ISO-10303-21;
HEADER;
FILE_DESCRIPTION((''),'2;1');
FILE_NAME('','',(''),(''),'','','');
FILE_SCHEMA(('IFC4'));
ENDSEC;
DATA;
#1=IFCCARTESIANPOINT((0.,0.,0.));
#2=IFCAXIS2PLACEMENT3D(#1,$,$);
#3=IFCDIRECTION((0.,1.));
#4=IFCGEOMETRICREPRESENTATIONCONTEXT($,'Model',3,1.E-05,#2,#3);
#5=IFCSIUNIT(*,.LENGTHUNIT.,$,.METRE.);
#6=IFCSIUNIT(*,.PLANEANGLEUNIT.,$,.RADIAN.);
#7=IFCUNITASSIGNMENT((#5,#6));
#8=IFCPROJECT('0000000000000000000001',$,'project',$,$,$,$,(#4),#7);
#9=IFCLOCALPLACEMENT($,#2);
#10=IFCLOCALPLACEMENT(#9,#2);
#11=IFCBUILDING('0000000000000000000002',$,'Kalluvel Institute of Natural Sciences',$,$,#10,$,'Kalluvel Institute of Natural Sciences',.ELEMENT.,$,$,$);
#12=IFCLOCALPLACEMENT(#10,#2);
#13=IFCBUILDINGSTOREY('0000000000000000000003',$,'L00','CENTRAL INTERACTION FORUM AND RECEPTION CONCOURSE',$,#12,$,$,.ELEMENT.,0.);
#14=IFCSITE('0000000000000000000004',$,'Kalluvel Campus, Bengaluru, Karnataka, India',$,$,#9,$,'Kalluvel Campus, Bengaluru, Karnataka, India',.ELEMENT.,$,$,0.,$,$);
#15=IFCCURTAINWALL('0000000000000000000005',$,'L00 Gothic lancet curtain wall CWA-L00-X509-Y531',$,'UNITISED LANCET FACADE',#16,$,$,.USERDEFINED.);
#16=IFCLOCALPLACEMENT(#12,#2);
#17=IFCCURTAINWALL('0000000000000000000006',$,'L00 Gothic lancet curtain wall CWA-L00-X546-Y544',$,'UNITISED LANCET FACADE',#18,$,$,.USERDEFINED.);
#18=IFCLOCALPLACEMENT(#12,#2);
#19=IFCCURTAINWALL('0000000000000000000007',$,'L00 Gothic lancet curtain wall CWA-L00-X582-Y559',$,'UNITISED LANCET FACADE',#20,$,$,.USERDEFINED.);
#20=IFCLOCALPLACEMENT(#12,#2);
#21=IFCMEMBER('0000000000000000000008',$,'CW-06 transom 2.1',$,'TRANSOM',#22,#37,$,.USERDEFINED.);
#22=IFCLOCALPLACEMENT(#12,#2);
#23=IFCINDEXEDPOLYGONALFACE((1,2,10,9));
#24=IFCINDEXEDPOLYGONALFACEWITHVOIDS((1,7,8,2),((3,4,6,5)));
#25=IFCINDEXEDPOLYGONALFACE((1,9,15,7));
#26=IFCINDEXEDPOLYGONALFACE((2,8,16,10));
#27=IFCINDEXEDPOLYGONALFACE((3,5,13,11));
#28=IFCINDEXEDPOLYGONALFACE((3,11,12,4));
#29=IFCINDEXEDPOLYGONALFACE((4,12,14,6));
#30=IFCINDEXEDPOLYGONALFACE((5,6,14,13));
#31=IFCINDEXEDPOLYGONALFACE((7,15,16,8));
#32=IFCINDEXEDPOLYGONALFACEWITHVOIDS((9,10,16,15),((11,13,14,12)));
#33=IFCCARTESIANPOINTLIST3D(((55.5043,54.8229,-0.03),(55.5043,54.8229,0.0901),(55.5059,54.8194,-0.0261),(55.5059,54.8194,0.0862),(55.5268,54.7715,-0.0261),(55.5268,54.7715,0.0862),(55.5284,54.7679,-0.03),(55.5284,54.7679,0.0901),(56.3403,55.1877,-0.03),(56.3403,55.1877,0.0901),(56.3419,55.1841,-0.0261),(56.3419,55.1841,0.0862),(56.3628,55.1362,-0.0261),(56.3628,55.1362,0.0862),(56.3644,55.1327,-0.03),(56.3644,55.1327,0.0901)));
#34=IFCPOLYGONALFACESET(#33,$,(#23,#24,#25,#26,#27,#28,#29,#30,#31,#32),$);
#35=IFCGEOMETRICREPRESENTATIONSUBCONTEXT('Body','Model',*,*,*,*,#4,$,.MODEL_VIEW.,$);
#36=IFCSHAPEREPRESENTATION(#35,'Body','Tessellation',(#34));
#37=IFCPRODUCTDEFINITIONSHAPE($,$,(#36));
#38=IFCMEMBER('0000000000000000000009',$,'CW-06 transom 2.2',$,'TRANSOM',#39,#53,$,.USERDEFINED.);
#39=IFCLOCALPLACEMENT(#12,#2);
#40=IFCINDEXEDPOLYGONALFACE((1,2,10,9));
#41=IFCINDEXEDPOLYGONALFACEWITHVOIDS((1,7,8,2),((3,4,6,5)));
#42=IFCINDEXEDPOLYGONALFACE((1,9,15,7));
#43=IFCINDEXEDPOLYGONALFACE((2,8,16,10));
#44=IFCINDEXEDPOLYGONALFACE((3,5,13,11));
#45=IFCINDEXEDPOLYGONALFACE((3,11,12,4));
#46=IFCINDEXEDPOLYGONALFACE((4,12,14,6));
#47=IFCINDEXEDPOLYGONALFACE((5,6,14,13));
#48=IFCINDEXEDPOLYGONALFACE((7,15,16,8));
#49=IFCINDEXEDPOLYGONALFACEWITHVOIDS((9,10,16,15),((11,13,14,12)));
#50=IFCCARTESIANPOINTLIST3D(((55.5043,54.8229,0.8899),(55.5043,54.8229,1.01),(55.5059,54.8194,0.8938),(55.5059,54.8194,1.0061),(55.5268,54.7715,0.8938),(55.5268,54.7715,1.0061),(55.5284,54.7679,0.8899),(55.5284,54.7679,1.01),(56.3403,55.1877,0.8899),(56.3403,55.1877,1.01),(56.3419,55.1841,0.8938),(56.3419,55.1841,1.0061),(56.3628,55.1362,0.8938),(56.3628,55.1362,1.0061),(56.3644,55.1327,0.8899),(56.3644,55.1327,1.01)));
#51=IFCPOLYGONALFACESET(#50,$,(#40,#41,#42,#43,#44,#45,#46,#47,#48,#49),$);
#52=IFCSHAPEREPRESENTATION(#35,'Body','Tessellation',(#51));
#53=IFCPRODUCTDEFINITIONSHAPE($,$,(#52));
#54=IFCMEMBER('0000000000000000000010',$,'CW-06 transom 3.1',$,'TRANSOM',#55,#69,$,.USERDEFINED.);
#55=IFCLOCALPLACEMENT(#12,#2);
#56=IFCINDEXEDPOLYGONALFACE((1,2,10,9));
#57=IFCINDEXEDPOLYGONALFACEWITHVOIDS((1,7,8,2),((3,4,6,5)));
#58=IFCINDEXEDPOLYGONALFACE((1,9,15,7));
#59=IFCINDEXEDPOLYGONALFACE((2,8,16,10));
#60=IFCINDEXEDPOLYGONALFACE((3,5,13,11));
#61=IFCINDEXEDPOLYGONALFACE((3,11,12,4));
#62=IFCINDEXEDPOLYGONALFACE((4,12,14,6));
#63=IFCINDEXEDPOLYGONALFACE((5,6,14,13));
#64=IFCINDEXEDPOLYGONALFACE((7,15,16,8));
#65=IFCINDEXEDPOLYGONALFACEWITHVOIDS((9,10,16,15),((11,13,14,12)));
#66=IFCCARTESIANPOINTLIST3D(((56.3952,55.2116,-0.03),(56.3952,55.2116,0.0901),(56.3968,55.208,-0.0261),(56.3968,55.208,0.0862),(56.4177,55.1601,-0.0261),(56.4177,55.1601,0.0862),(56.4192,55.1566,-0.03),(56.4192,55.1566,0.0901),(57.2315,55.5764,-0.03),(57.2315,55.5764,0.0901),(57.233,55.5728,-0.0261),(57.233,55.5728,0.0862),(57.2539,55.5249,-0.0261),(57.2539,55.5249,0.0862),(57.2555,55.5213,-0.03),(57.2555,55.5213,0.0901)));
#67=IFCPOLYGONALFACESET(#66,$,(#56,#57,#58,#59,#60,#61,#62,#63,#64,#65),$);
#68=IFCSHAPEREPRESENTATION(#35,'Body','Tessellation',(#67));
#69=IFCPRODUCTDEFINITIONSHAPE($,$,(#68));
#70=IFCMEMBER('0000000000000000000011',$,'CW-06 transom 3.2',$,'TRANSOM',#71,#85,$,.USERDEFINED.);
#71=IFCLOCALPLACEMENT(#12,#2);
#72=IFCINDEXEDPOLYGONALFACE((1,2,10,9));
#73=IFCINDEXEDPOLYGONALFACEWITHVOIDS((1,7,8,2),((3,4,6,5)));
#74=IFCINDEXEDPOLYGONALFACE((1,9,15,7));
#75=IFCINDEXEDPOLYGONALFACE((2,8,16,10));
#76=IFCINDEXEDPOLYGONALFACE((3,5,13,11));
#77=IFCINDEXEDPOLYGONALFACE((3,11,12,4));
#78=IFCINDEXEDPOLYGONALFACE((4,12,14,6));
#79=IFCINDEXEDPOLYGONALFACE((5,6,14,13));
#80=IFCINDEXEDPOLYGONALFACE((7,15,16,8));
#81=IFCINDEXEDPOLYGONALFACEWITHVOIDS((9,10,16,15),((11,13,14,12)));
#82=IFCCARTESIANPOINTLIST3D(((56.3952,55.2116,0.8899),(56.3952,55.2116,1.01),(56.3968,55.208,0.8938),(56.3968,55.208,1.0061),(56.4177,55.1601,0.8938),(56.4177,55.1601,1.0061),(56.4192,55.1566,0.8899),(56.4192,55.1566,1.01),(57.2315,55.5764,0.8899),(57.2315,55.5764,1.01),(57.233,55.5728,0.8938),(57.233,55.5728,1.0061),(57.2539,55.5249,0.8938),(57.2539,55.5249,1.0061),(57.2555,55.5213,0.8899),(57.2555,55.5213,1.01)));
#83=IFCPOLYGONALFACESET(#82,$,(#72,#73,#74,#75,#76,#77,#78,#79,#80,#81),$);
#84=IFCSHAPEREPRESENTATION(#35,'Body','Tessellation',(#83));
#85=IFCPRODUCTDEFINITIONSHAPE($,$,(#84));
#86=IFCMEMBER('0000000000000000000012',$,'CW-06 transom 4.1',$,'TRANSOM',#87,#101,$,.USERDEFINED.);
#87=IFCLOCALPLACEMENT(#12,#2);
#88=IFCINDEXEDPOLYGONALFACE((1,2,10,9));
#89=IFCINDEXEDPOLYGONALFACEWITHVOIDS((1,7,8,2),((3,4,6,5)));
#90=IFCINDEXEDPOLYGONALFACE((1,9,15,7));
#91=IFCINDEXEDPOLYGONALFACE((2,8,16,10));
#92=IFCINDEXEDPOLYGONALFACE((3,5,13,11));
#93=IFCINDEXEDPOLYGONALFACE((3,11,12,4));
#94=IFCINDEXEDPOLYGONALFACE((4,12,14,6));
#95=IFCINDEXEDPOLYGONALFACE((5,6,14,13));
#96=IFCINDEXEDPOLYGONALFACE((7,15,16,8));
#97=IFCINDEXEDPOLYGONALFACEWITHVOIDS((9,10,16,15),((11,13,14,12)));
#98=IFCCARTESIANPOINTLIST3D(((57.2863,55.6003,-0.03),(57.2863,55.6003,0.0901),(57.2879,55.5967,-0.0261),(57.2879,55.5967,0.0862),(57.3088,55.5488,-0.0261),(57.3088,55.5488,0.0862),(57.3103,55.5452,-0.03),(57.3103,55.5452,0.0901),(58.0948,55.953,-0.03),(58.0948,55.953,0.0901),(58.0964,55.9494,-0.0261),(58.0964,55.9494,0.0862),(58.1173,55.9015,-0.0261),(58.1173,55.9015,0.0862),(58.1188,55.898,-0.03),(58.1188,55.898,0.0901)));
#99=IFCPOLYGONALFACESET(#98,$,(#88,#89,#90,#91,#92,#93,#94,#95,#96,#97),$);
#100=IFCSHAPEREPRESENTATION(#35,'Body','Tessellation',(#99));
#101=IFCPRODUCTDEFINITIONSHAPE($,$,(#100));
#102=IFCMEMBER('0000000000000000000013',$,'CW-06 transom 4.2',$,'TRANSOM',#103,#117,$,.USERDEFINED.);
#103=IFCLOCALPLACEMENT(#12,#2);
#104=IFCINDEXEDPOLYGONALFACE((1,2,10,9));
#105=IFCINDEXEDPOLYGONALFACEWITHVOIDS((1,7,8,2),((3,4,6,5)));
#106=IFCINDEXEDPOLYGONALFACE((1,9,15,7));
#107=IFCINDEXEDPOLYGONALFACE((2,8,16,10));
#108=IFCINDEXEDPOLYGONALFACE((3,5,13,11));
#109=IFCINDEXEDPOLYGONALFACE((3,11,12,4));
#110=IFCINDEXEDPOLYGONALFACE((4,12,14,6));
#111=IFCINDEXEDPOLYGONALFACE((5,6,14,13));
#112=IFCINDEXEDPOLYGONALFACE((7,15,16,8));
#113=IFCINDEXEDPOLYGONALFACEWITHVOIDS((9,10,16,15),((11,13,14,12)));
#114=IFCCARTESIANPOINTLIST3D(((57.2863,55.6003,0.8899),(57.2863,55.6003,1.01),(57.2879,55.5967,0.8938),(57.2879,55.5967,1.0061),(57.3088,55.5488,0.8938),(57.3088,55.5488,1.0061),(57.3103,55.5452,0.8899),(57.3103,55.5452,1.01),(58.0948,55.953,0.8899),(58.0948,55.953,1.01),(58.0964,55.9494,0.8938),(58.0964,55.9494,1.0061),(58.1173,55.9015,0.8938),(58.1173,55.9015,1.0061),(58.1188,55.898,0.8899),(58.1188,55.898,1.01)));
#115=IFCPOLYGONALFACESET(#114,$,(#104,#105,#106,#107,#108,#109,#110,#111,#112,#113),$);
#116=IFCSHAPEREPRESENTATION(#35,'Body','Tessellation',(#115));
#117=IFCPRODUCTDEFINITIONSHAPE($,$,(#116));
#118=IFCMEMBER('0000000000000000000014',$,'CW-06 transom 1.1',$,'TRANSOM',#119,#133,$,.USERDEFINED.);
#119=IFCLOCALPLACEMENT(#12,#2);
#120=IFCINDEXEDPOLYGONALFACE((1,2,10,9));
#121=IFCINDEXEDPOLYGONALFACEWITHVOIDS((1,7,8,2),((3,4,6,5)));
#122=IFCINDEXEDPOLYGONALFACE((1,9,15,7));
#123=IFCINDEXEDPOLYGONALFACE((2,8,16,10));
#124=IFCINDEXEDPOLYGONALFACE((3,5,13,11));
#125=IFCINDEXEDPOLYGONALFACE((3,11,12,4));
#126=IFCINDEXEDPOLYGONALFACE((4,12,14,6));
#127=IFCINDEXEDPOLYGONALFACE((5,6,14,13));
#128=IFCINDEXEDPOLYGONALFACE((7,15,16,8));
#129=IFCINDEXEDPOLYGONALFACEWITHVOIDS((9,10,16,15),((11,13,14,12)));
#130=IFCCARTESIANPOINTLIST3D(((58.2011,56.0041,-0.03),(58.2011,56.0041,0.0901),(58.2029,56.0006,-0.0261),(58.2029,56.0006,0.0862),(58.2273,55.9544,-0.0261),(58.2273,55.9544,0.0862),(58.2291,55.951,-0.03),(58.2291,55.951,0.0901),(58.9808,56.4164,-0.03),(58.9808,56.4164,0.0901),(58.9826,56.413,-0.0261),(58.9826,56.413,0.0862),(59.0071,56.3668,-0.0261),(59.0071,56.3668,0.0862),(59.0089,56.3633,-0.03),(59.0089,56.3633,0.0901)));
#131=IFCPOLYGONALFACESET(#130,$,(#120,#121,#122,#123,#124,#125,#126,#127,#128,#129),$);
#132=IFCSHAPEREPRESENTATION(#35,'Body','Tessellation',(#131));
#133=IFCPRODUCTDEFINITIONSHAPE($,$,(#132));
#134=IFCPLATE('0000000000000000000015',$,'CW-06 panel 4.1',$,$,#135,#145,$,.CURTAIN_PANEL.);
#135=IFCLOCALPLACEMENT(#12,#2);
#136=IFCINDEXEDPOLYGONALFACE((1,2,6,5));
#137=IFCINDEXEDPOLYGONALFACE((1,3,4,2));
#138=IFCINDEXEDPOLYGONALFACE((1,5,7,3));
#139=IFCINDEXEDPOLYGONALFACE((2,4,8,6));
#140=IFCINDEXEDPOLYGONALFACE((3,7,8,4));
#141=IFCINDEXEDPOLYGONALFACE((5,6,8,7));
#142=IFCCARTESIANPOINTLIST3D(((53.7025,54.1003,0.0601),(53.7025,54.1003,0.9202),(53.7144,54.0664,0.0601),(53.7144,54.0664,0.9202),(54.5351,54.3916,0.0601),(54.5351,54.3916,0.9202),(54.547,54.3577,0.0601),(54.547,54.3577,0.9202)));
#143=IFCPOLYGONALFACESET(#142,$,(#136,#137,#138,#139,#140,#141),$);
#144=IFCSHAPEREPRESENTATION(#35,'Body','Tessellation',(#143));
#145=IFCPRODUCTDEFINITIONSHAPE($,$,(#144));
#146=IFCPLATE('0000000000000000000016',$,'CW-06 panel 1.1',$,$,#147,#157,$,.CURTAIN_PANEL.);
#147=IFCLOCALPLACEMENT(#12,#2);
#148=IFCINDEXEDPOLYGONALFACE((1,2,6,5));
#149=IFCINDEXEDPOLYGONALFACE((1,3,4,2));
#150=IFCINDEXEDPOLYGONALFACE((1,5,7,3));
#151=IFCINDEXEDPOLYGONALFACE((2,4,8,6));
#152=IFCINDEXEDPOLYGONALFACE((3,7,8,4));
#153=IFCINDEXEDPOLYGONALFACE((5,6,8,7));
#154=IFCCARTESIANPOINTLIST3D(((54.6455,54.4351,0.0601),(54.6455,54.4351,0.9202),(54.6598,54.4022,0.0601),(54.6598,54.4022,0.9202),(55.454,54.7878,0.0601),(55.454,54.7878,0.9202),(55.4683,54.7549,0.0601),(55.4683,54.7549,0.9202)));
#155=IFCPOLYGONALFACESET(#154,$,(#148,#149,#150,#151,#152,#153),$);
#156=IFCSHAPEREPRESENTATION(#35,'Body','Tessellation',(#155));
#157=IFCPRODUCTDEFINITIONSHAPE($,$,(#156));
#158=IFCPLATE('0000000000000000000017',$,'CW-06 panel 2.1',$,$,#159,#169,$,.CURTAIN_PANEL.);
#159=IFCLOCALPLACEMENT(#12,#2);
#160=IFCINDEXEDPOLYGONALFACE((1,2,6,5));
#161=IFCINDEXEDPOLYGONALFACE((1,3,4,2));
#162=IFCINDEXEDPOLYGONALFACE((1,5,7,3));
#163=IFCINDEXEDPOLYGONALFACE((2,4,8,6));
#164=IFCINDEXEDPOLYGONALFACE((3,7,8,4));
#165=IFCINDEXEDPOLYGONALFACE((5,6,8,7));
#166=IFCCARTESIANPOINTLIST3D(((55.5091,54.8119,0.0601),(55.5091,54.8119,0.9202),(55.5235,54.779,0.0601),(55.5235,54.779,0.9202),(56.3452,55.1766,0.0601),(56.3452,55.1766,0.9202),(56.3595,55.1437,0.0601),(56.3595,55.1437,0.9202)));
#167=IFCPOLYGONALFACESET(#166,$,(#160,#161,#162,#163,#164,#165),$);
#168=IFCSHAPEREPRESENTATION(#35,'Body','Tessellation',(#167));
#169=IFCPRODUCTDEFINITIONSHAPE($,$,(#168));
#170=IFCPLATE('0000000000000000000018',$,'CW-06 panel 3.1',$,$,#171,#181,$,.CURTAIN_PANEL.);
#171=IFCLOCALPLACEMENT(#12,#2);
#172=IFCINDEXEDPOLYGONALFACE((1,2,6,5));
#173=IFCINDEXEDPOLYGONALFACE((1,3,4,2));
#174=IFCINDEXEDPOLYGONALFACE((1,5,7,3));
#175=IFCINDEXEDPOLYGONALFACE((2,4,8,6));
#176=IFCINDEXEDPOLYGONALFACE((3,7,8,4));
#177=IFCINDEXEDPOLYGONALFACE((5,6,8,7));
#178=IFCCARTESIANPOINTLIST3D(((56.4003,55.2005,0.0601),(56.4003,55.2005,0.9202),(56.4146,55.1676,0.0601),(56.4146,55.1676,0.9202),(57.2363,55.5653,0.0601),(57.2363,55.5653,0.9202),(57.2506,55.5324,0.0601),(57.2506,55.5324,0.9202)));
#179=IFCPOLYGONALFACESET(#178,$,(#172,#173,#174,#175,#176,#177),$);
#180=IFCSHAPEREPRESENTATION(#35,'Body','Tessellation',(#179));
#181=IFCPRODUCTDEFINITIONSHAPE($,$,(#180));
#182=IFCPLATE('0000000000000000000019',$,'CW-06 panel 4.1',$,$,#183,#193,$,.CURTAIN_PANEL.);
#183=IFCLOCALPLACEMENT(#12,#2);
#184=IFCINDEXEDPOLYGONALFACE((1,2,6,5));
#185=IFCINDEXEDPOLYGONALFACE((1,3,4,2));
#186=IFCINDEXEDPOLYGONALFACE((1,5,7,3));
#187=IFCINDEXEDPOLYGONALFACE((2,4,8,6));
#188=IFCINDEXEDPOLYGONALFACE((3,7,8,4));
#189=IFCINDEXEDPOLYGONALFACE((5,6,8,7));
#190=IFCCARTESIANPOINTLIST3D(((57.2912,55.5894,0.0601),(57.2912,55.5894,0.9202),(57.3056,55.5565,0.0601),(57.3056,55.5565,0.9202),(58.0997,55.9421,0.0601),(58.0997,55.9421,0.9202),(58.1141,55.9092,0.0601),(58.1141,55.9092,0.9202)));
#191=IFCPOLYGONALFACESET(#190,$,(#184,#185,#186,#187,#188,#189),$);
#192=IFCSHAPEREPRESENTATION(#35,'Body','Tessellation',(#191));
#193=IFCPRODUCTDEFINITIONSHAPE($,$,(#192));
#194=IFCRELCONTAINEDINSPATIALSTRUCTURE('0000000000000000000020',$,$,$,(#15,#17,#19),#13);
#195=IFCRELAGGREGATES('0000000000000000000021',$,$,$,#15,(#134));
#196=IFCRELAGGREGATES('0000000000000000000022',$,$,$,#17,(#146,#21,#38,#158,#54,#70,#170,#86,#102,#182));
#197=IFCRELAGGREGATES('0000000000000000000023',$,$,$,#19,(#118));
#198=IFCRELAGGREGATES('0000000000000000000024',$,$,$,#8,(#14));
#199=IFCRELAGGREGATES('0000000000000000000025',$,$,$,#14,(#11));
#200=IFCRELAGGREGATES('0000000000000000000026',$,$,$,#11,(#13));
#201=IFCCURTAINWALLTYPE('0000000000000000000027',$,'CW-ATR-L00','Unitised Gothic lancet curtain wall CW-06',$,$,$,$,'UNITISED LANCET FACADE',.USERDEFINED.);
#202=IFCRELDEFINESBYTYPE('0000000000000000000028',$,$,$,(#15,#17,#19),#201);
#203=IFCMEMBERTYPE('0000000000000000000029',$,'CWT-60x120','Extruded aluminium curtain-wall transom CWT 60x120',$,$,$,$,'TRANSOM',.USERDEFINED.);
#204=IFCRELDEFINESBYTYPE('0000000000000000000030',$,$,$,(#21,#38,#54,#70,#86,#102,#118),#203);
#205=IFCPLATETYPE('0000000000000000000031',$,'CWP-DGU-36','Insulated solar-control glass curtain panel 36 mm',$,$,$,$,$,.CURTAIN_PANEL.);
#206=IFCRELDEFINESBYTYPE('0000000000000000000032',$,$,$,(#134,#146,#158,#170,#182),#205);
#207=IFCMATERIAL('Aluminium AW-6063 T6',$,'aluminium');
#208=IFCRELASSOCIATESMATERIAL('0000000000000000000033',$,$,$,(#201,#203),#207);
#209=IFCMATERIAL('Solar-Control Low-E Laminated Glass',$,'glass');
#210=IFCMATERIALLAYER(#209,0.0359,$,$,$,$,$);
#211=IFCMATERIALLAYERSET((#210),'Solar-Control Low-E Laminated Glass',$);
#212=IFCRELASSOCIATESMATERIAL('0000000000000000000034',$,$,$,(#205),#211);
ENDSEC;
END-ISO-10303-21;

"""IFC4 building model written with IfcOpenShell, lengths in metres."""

from ifc_helpers import new_model, si_unit, direction, frame, origin, origin_2d, place, context, subcontext, project, spatial, rectangle, hollow_rectangle, extrude, material, layer, layer_set, material_profile, profile_set, type_object, element, aggregate, save


model = new_model("IFC4")

# Units and contexts
model_context = context("Model", 3, precision=1e-05, world=origin(), true_north=direction((0.0, 1.0)))
body_context = subcontext(model_context, "Body", "Model", "MODEL_VIEW")
ifc_project = project(units=[si_unit("LENGTHUNIT", "METRE"), si_unit("PLANEANGLEUNIT", "RADIAN")], contexts=[model_context])

# Site, building, storey
site_placement = place(None, origin())
site = spatial("IfcSite", under=ifc_project, at=site_placement, Name="Kalluvel Campus, Bengaluru, Karnataka, India", LongName="Kalluvel Campus, Bengaluru, Karnataka, India", CompositionType="ELEMENT", RefElevation=0.0)
building_placement = place(site_placement, origin())
building = spatial("IfcBuilding", under=site, at=building_placement, Name="Kalluvel Institute of Natural Sciences", LongName="Kalluvel Institute of Natural Sciences", CompositionType="ELEMENT")
storey_placement = place(building_placement, origin())
storey = spatial("IfcBuildingStorey", under=building, at=storey_placement, Name="L00", Description="CENTRAL INTERACTION FORUM AND RECEPTION CONCOURSE", CompositionType="ELEMENT", Elevation=0.0)

# Curtain wall
ifc_material_1 = material(Name="Aluminium AW-6063 T6", Category="aluminium")
curtain_wall_type = type_object("IfcCurtainWallType", Name="CW-ATR-L00", Description="Unitised Gothic lancet curtain wall CW-06", ElementType="UNITISED LANCET FACADE", PredefinedType="USERDEFINED", material=ifc_material_1)
curtain_wall_1_placement = place(storey_placement, origin())
curtain_wall_1 = element("IfcCurtainWall", 1, at=curtain_wall_1_placement, inside=storey, type_object=curtain_wall_type, Name="L00 Gothic lancet curtain wall CWA-L00-X509-Y531", ObjectType="UNITISED LANCET FACADE", PredefinedType="USERDEFINED")

# Curtain wall
curtain_wall_2_placement = place(storey_placement, origin())
curtain_wall_2 = element("IfcCurtainWall", 2, at=curtain_wall_2_placement, inside=storey, type_object=curtain_wall_type, Name="L00 Gothic lancet curtain wall CWA-L00-X546-Y544", ObjectType="UNITISED LANCET FACADE", PredefinedType="USERDEFINED")

# Curtain wall
curtain_wall_3_placement = place(storey_placement, origin())
curtain_wall_3 = element("IfcCurtainWall", 3, at=curtain_wall_3_placement, inside=storey, type_object=curtain_wall_type, Name="L00 Gothic lancet curtain wall CWA-L00-X582-Y559", ObjectType="UNITISED LANCET FACADE", PredefinedType="USERDEFINED")

# Members
ifc_material_profile_1 = material_profile(ifc_material_1, hollow_rectangle(XDim=0.0601, YDim=0.1201, WallThickness=0.0039, at=origin_2d()), Name="CWT 60x120")
ifc_profile_set_1 = profile_set([ifc_material_profile_1], Name="Aluminium AW-6063 T6")
member_type_1 = type_object("IfcMemberType", Name="CWT-60x120", Description="Extruded aluminium curtain-wall transom CWT 60x120", ElementType="TRANSOM", PredefinedType="USERDEFINED", material=ifc_profile_set_1)
member_1_placement = place(storey_placement, frame((55.5164, 54.7954, 0.03), z_axis=(0.91655, 0.39992, 0.0), x_axis=(-0.39992, 0.91655, 0.0)))
member_1 = element("IfcMember", 4, at=member_1_placement, type_object=member_type_1, Name="CW-06 transom 2.1", ObjectType="TRANSOM", PredefinedType="USERDEFINED", context=body_context, shape_type="SweptSolid", body=[
    extrude(hollow_rectangle(XDim=0.0601, YDim=0.1201, WallThickness=0.0039, at=origin_2d()), origin(), (0.0, 0.0, 1.0), 0.9121),
])
member_2_placement = place(storey_placement, frame((55.5164, 54.7954, 0.95), z_axis=(0.91655, 0.39992, 0.0), x_axis=(-0.39992, 0.91655, 0.0)))
member_2 = element("IfcMember", 5, at=member_2_placement, type_object=member_type_1, Name="CW-06 transom 2.2", ObjectType="TRANSOM", PredefinedType="USERDEFINED", context=body_context, shape_type="SweptSolid", body=[
    extrude(hollow_rectangle(XDim=0.0601, YDim=0.1201, WallThickness=0.0039, at=origin_2d()), origin(), (0.0, 0.0, 1.0), 0.9121),
])
member_3_placement = place(storey_placement, frame((56.4072, 55.1841, 0.03), z_axis=(0.916593, 0.399822, 0.0), x_axis=(-0.399822, 0.916593, 0.0)))
member_3 = element("IfcMember", 6, at=member_3_placement, type_object=member_type_1, Name="CW-06 transom 3.1", ObjectType="TRANSOM", PredefinedType="USERDEFINED", context=body_context, shape_type="SweptSolid", body=[
    extrude(hollow_rectangle(XDim=0.0601, YDim=0.1201, WallThickness=0.0039, at=origin_2d()), origin(), (0.0, 0.0, 1.0), 0.9124),
])
member_4_placement = place(storey_placement, frame((56.4072, 55.1841, 0.95), z_axis=(0.916593, 0.399822, 0.0), x_axis=(-0.399822, 0.916593, 0.0)))
member_4 = element("IfcMember", 7, at=member_4_placement, type_object=member_type_1, Name="CW-06 transom 3.2", ObjectType="TRANSOM", PredefinedType="USERDEFINED", context=body_context, shape_type="SweptSolid", body=[
    extrude(hollow_rectangle(XDim=0.0601, YDim=0.1201, WallThickness=0.0039, at=origin_2d()), origin(), (0.0, 0.0, 1.0), 0.9124),
])
member_5_placement = place(storey_placement, frame((57.2983, 55.5728, 0.03), z_axis=(0.916563, 0.39989, 0.0), x_axis=(-0.39989, 0.916563, 0.0)))
member_5 = element("IfcMember", 8, at=member_5_placement, type_object=member_type_1, Name="CW-06 transom 4.1", ObjectType="TRANSOM", PredefinedType="USERDEFINED", context=body_context, shape_type="SweptSolid", body=[
    extrude(hollow_rectangle(XDim=0.0601, YDim=0.1201, WallThickness=0.0039, at=origin_2d()), origin(), (0.0, 0.0, 1.0), 0.8821),
])
member_6_placement = place(storey_placement, frame((57.2983, 55.5728, 0.95), z_axis=(0.916563, 0.39989, 0.0), x_axis=(-0.39989, 0.916563, 0.0)))
member_6 = element("IfcMember", 9, at=member_6_placement, type_object=member_type_1, Name="CW-06 transom 4.2", ObjectType="TRANSOM", PredefinedType="USERDEFINED", context=body_context, shape_type="SweptSolid", body=[
    extrude(hollow_rectangle(XDim=0.0601, YDim=0.1201, WallThickness=0.0039, at=origin_2d()), origin(), (0.0, 0.0, 1.0), 0.8821),
])
member_7_placement = place(storey_placement, frame((58.2151, 55.9775, 0.03), z_axis=(0.88401, 0.467468, 0.0), x_axis=(-0.467468, 0.88401, 0.0)))
member_7 = element("IfcMember", 10, at=member_7_placement, type_object=member_type_1, Name="CW-06 transom 1.1", ObjectType="TRANSOM", PredefinedType="USERDEFINED", context=body_context, shape_type="SweptSolid", body=[
    extrude(hollow_rectangle(XDim=0.0601, YDim=0.1201, WallThickness=0.0039, at=origin_2d()), origin(), (0.0, 0.0, 1.0), 0.8821),
])

# Plates
ifc_material_2 = material(Name="Solar-Control Low-E Laminated Glass", Category="glass")
ifc_layer = layer(ifc_material_2, 0.0359)
ifc_layer_set = layer_set([ifc_layer], Name="Solar-Control Low-E Laminated Glass")
plate_type = type_object("IfcPlateType", Name="CWP-DGU-36", Description="Insulated solar-control glass curtain panel 36 mm", PredefinedType="CURTAIN_PANEL", material=ifc_layer_set)
plate_1_placement = place(storey_placement, frame((54.1248, 54.229, 0.0601), z_axis=(0.0, 0.0, 1.0), x_axis=(0.943878, 0.330295, 0.0)))
plate_1 = element("IfcPlate", 11, at=plate_1_placement, type_object=plate_type, Name="CW-06 panel 4.1", PredefinedType="CURTAIN_PANEL", context=body_context, shape_type="SweptSolid", body=[
    extrude(rectangle(XDim=0.8821, YDim=0.0359, at=origin_2d()), origin(), (0.0, 0.0, 1.0), 0.8601),
])
aggregate(curtain_wall_1, [plate_1])
plate_2_placement = place(storey_placement, frame((55.0569, 54.595, 0.0601), z_axis=(0.0, 0.0, 1.0), x_axis=(0.916571, 0.399873, 0.0)))
plate_2 = element("IfcPlate", 12, at=plate_2_placement, type_object=plate_type, Name="CW-06 panel 1.1", PredefinedType="CURTAIN_PANEL", context=body_context, shape_type="SweptSolid", body=[
    extrude(rectangle(XDim=0.8821, YDim=0.0359, at=origin_2d()), origin(), (0.0, 0.0, 1.0), 0.8601),
])
plate_3_placement = place(storey_placement, frame((55.9343, 54.9778, 0.0601), z_axis=(0.0, 0.0, 1.0), x_axis=(0.916571, 0.399873, 0.0)))
plate_3 = element("IfcPlate", 13, at=plate_3_placement, type_object=plate_type, Name="CW-06 panel 2.1", PredefinedType="CURTAIN_PANEL", context=body_context, shape_type="SweptSolid", body=[
    extrude(rectangle(XDim=0.9121, YDim=0.0359, at=origin_2d()), origin(), (0.0, 0.0, 1.0), 0.8601),
])
plate_4_placement = place(storey_placement, frame((56.8254, 55.3665, 0.0601), z_axis=(0.0, 0.0, 1.0), x_axis=(0.916571, 0.399873, 0.0)))
plate_4 = element("IfcPlate", 14, at=plate_4_placement, type_object=plate_type, Name="CW-06 panel 3.1", PredefinedType="CURTAIN_PANEL", context=body_context, shape_type="SweptSolid", body=[
    extrude(rectangle(XDim=0.9121, YDim=0.0359, at=origin_2d()), origin(), (0.0, 0.0, 1.0), 0.8601),
])
plate_5_placement = place(storey_placement, frame((57.7026, 55.7493, 0.0601), z_axis=(0.0, 0.0, 1.0), x_axis=(0.916571, 0.399873, 0.0)))
plate_5 = element("IfcPlate", 15, at=plate_5_placement, type_object=plate_type, Name="CW-06 panel 4.1", PredefinedType="CURTAIN_PANEL", context=body_context, shape_type="SweptSolid", body=[
    extrude(rectangle(XDim=0.8821, YDim=0.0359, at=origin_2d()), origin(), (0.0, 0.0, 1.0), 0.8601),
])
aggregate(curtain_wall_2, [plate_2, member_1, member_2, plate_3, member_3, member_4, plate_4, member_5, member_6, plate_5])
aggregate(curtain_wall_3, [member_7])

save(model, "model.ifc")
